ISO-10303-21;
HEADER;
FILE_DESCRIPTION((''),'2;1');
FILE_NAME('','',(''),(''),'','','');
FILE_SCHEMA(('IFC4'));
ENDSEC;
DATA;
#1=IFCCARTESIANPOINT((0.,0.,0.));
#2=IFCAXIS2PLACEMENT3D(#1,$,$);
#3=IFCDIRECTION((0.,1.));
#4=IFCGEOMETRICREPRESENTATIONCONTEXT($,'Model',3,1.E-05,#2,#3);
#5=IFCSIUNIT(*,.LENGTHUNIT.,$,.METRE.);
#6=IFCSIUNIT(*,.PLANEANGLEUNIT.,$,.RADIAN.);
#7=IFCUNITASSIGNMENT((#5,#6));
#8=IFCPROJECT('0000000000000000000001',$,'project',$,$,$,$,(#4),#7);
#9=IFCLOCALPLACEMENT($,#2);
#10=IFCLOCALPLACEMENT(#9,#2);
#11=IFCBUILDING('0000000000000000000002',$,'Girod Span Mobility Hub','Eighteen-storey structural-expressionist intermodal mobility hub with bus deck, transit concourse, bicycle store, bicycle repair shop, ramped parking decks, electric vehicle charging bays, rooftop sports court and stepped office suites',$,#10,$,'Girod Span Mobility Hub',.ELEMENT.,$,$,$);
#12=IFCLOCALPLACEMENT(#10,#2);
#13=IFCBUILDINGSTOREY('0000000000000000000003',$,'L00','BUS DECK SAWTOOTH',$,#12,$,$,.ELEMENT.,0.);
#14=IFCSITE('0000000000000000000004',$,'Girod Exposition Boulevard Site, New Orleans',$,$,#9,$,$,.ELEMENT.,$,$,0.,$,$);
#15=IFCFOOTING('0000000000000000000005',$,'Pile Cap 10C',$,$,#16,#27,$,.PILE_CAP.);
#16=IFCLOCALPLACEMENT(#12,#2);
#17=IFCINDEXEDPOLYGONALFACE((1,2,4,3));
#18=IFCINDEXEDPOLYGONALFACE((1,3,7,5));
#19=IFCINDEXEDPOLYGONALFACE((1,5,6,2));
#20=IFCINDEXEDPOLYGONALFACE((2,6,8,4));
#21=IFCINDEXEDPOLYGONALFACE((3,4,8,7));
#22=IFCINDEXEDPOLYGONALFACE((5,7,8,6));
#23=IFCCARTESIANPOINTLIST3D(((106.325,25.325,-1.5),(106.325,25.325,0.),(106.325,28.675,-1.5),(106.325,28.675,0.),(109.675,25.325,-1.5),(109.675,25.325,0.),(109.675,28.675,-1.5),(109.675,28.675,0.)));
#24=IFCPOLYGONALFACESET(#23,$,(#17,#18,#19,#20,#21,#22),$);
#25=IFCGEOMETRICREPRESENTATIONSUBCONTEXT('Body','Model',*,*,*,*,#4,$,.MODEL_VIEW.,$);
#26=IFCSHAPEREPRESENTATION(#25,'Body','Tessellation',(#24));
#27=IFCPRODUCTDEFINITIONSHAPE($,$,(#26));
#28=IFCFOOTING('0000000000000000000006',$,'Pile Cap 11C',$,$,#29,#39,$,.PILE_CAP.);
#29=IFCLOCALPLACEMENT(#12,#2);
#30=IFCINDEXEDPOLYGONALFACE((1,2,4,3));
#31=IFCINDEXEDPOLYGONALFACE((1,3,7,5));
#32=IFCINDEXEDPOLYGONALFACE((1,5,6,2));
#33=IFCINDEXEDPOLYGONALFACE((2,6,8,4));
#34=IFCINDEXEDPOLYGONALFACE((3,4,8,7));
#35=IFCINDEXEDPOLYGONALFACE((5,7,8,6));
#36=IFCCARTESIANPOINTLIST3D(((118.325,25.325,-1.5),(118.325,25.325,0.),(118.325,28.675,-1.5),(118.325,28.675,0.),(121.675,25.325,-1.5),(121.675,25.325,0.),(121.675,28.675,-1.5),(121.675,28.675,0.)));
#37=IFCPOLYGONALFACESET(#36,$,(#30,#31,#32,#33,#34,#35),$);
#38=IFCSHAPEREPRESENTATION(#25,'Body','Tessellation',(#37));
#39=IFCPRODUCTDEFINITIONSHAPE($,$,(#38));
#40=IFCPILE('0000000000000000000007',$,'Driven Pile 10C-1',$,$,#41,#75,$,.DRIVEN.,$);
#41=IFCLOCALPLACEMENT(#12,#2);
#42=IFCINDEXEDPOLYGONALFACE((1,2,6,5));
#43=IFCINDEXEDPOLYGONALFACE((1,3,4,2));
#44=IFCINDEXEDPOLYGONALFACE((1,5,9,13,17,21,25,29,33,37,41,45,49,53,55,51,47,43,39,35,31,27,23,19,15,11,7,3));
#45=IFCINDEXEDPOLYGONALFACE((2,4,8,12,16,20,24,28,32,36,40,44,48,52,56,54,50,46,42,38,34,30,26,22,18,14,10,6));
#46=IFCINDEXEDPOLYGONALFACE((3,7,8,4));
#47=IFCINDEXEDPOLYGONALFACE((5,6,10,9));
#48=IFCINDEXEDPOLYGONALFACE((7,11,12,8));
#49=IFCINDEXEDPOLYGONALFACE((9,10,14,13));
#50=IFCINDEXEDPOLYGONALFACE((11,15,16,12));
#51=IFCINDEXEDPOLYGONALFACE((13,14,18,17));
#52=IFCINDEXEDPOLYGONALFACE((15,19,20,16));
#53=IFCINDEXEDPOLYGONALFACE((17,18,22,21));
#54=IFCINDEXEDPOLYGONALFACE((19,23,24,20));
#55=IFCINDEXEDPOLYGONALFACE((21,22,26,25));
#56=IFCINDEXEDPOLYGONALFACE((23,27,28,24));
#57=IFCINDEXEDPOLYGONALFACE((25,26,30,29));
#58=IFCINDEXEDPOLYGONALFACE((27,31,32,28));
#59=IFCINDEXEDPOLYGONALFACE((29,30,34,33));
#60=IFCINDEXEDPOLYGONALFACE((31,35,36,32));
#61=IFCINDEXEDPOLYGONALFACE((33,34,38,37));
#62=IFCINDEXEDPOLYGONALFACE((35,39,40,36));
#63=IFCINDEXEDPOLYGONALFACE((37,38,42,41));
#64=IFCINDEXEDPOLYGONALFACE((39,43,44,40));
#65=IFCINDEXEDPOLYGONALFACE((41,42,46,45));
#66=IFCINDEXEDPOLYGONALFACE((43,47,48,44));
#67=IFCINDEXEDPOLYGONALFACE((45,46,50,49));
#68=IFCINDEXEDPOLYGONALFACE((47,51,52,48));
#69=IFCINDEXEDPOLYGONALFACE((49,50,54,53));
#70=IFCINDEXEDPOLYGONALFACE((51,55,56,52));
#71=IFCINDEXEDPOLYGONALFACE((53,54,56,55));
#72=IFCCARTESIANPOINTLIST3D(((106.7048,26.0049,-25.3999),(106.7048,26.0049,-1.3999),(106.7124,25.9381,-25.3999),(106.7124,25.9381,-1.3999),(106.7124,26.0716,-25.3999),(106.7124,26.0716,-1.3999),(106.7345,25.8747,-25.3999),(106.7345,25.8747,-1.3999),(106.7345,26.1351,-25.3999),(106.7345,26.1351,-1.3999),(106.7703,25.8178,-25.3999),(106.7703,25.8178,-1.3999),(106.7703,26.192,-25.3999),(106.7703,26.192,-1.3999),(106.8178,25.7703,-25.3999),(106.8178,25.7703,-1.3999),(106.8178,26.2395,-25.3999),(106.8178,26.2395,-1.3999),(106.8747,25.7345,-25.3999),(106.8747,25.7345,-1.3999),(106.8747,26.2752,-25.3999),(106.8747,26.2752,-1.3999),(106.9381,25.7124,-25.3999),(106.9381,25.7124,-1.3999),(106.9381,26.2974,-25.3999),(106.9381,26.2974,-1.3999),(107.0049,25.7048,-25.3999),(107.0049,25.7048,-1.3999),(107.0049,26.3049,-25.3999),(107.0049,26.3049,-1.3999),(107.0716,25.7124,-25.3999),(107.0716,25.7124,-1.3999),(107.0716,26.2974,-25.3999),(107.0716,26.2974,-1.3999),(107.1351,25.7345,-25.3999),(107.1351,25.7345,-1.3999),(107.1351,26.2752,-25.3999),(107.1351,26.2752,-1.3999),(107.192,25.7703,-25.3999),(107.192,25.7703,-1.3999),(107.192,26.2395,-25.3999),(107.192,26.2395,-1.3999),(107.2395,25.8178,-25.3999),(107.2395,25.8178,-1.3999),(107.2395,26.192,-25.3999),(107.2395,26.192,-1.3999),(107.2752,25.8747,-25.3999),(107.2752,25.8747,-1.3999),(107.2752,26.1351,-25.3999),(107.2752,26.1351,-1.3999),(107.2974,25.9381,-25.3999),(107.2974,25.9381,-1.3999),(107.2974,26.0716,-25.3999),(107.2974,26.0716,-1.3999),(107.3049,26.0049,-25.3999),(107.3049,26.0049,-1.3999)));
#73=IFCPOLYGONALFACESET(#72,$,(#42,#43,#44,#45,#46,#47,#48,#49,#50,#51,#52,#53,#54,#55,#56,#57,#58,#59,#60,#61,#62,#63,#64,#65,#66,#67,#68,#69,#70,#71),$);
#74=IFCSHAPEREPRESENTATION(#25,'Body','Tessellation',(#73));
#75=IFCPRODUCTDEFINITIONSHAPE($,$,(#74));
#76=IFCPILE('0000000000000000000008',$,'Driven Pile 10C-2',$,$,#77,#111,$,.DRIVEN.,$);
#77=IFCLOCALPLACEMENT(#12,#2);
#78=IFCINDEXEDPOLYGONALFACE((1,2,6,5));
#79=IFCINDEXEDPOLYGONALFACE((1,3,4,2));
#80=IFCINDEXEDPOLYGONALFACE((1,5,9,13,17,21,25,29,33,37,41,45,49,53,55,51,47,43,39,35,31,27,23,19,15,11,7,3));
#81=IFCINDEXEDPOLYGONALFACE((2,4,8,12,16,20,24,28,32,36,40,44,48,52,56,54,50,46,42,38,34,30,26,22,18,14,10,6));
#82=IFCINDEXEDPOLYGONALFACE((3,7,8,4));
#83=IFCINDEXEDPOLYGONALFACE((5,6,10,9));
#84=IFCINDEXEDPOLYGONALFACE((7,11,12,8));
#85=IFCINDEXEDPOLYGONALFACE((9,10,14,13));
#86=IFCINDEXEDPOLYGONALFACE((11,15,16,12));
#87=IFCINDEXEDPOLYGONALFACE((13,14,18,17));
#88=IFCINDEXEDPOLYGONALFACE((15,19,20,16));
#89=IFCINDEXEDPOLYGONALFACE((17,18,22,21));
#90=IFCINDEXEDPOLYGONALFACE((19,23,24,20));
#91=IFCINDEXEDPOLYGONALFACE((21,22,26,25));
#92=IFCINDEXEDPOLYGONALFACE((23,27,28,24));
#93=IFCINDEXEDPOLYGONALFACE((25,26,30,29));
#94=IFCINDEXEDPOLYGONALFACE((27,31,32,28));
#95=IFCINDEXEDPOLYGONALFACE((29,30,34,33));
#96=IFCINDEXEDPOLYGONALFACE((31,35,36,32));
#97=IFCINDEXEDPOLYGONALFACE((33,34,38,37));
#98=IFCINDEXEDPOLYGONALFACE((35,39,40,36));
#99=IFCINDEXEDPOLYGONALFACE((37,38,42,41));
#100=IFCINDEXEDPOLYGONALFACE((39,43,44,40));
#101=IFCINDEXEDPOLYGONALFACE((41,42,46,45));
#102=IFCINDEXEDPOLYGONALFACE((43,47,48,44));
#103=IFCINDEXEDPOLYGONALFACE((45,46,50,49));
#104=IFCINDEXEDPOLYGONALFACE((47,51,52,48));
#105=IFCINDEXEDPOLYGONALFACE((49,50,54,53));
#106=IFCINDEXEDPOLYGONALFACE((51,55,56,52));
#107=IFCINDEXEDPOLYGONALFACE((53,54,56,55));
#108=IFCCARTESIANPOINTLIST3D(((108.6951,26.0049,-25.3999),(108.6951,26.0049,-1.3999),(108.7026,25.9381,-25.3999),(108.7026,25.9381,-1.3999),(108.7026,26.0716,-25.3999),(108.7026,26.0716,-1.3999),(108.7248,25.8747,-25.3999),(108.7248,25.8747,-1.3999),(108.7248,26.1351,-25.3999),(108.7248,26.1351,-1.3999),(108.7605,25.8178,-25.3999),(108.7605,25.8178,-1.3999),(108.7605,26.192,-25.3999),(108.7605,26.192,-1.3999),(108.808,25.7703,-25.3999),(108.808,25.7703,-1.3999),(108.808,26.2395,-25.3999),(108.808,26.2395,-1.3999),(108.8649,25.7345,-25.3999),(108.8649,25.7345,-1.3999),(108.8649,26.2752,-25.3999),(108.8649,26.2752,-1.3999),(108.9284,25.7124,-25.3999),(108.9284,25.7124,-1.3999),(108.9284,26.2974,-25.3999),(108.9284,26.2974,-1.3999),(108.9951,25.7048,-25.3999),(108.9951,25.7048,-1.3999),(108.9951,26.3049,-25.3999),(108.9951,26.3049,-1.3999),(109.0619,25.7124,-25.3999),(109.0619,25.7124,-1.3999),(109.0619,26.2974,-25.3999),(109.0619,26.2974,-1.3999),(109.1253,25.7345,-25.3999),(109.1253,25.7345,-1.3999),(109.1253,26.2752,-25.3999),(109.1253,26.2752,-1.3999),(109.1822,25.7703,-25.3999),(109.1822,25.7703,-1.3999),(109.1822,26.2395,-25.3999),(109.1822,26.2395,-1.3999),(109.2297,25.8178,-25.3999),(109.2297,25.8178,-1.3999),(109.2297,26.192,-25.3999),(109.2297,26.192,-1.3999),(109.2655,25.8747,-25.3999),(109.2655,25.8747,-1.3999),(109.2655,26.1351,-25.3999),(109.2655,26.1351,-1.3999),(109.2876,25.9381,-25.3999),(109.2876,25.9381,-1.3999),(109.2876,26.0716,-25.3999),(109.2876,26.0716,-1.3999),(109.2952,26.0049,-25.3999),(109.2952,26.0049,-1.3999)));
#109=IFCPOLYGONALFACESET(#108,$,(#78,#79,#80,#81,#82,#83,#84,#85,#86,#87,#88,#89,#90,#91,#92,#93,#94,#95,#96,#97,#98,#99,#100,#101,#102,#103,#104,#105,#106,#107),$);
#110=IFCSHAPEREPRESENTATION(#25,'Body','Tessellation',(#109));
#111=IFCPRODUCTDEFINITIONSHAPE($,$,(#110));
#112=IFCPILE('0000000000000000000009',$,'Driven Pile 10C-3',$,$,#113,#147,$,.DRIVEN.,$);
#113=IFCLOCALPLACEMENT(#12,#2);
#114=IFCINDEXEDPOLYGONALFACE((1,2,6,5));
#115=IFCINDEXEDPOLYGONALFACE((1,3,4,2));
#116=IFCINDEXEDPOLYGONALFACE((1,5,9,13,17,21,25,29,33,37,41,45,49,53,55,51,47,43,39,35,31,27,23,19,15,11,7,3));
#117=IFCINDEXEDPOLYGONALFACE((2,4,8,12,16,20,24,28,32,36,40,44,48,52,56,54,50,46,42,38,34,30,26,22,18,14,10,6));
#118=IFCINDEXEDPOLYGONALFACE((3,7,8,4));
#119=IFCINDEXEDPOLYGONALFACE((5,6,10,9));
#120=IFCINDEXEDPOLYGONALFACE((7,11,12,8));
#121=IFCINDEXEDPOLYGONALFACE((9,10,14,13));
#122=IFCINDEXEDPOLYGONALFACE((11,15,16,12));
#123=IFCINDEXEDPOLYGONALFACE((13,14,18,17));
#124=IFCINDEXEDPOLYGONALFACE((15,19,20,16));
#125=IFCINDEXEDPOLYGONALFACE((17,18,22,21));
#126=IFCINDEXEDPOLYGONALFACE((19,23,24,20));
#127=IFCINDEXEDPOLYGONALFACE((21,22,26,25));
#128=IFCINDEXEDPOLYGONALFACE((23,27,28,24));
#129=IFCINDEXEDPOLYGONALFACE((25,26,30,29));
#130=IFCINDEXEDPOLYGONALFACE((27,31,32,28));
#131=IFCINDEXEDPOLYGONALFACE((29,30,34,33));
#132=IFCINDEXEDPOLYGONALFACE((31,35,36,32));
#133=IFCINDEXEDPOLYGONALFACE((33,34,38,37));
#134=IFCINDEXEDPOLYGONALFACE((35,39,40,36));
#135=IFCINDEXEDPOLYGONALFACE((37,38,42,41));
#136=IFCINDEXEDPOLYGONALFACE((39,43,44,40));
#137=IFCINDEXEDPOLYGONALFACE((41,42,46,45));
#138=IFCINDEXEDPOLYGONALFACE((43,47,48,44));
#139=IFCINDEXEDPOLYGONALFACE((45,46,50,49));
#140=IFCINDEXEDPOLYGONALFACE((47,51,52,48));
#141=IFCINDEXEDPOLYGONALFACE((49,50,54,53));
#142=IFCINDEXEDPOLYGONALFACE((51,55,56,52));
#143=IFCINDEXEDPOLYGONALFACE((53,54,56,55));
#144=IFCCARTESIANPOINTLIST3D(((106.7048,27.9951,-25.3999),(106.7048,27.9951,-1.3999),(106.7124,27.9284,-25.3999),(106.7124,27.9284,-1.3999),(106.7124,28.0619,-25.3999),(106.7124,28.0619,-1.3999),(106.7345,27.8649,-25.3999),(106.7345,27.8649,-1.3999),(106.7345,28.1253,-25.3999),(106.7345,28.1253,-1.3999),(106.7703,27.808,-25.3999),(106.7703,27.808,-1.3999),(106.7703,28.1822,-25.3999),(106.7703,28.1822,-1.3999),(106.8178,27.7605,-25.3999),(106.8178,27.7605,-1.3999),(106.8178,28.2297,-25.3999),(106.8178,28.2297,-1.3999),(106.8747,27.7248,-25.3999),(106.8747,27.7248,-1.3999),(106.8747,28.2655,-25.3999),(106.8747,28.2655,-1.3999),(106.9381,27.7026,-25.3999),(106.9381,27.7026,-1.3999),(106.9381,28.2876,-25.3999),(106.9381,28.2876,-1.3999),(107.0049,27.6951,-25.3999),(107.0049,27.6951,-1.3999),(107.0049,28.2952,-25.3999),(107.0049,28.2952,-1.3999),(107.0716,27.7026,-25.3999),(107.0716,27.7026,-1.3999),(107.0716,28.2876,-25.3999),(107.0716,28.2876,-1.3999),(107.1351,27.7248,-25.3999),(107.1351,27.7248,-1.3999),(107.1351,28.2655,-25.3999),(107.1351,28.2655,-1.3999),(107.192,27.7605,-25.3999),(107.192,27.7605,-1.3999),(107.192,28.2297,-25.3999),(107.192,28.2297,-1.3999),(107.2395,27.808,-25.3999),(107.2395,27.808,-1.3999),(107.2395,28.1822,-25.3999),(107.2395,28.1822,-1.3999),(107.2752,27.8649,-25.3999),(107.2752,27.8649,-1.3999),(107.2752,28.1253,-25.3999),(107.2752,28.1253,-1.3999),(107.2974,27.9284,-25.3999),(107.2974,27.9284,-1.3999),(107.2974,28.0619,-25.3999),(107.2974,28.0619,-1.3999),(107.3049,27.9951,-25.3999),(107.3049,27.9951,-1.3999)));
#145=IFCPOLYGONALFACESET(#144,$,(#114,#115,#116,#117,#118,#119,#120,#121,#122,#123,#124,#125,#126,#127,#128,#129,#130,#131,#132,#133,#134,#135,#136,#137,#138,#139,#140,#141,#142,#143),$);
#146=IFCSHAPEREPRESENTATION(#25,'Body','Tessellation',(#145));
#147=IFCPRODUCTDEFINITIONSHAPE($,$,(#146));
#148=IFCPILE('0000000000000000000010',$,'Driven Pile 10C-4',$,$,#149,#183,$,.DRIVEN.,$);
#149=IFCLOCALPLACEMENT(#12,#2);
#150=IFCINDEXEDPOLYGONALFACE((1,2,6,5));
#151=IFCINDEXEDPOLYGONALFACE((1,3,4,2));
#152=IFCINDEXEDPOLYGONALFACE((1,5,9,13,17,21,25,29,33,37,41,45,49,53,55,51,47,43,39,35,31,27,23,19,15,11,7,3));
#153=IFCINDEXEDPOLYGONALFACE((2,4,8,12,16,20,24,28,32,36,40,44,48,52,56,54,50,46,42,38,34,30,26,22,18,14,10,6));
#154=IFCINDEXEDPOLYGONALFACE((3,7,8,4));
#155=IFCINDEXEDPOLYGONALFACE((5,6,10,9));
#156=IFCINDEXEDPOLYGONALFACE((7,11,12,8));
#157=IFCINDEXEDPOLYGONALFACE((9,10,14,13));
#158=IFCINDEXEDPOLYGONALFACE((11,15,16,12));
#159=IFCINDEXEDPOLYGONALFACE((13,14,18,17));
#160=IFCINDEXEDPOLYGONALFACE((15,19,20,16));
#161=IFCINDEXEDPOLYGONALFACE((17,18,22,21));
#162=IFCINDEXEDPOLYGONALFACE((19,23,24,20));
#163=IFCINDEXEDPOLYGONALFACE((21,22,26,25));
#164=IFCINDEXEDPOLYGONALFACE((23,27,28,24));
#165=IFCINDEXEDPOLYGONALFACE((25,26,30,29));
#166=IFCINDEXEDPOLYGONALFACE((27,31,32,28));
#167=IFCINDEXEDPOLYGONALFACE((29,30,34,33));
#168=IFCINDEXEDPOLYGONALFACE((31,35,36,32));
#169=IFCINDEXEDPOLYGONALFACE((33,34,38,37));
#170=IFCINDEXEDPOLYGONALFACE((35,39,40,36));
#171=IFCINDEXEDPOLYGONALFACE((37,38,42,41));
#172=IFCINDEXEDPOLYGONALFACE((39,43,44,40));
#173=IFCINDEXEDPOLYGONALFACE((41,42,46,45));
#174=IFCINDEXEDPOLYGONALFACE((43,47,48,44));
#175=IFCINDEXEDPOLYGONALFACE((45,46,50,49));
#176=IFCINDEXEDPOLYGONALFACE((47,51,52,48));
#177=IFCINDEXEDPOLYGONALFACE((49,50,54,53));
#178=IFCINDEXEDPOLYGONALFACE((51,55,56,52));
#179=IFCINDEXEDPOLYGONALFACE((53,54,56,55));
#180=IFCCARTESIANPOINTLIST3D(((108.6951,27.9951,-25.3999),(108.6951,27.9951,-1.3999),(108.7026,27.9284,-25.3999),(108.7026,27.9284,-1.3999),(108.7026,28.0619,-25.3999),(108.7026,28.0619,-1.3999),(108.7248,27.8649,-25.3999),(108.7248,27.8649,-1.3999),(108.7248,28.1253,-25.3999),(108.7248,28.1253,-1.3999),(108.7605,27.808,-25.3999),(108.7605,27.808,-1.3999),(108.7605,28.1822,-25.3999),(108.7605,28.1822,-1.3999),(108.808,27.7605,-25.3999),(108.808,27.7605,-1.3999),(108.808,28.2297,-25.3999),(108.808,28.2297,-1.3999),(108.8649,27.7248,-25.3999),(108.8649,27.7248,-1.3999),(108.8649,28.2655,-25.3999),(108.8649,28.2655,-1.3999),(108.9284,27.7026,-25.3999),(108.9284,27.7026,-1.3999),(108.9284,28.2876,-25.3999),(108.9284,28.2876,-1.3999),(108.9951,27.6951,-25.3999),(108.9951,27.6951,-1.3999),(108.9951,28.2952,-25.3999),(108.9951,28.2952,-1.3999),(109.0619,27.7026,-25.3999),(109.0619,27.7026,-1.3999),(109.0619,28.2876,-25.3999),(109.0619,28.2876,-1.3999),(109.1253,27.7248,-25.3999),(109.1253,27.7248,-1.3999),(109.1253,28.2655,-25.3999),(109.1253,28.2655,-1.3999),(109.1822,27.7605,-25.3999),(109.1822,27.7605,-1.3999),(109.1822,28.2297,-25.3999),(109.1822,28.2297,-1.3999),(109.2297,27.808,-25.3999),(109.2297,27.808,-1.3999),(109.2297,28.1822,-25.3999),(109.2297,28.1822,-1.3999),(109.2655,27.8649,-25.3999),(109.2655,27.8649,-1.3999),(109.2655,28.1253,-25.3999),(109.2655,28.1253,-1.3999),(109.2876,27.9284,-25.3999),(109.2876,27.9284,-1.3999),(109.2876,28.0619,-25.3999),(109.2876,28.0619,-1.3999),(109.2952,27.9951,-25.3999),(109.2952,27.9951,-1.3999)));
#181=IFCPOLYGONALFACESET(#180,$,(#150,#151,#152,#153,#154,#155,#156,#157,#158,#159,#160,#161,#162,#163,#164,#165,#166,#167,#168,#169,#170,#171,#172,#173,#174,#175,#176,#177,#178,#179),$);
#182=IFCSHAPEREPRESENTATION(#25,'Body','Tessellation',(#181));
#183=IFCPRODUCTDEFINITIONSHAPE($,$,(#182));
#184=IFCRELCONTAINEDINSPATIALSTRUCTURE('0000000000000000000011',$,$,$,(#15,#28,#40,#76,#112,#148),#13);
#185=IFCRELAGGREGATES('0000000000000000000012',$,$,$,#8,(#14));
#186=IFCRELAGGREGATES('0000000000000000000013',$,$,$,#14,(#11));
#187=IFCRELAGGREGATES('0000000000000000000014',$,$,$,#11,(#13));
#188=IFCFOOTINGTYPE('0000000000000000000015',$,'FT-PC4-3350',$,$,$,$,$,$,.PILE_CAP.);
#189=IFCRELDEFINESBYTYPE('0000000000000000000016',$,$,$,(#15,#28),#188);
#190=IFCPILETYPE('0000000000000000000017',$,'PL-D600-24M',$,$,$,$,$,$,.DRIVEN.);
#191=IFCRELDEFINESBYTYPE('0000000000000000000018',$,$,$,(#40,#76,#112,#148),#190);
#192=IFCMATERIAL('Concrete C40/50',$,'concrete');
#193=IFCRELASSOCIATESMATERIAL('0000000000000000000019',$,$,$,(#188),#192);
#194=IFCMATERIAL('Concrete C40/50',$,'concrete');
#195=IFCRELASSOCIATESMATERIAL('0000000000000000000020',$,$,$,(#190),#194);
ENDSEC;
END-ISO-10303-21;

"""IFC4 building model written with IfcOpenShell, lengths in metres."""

from ifc_helpers import new_model, si_unit, direction, frame, origin, origin_2d, place, context, subcontext, project, spatial, rectangle, circle, extrude, material, material_profile, profile_set, type_object, element, save


model = new_model("IFC4")

# Units and contexts
model_context = context("Model", 3, precision=1e-05, world=origin(), true_north=direction((0.0, 1.0)))
body_context = subcontext(model_context, "Body", "Model", "MODEL_VIEW")
ifc_project = project(units=[si_unit("LENGTHUNIT", "METRE"), si_unit("PLANEANGLEUNIT", "RADIAN")], contexts=[model_context])

# Site, building, storey
site_placement = place(None, origin())
site = spatial("IfcSite", under=ifc_project, at=site_placement, Name="Girod Exposition Boulevard Site, New Orleans", CompositionType="ELEMENT", RefElevation=0.0)
building_placement = place(site_placement, origin())
building = spatial("IfcBuilding", under=site, at=building_placement, Name="Girod Span Mobility Hub", Description="Eighteen-storey structural-expressionist intermodal mobility hub with bus deck, transit concourse, bicycle store, bicycle repair shop, ramped parking decks, electric vehicle charging bays, rooftop sports court and stepped office suites", LongName="Girod Span Mobility Hub", CompositionType="ELEMENT")
storey_placement = place(building_placement, origin())
storey = spatial("IfcBuildingStorey", under=building, at=storey_placement, Name="L00", Description="BUS DECK SAWTOOTH", CompositionType="ELEMENT", Elevation=0.0)

# Footings
ifc_material_1 = material(Name="Concrete C40/50", Category="concrete")
footing_type = type_object("IfcFootingType", Name="FT-PC4-3350", PredefinedType="PILE_CAP", material=ifc_material_1)
for number, where, z_axis, x_axis, name in (
    (1, (108.0, 27.0, -1.5), (0.0, 0.0, 1.0), (1.0, 0.0, 0.0), "Pile Cap 10C"),
    (2, (120.0, 27.0, -1.5), (0.0, 0.0, 1.0), (1.0, 0.0, 0.0), "Pile Cap 11C"),
):
    element("IfcFooting", number, at=place(storey_placement, frame(where, z_axis=z_axis, x_axis=x_axis)), inside=storey, type_object=footing_type, Name=name, PredefinedType="PILE_CAP", context=body_context, shape_type="SweptSolid", body=[
        extrude(rectangle(XDim=3.3501, YDim=3.3501, at=origin_2d()), origin(), (0.0, 0.0, 1.0), 1.5),
    ])

# Piles
ifc_material_2 = material(Name="Concrete C40/50", Category="concrete")
ifc_material_profile_1 = material_profile(ifc_material_2, circle(Radius=0.3, at=origin_2d()), Name="PILE-D600")
ifc_profile_set_1 = profile_set([ifc_material_profile_1], Name="Concrete C40/50")
pile_type_1 = type_object("IfcPileType", Name="PL-D600-24M", PredefinedType="DRIVEN", material=ifc_profile_set_1)
for number, where, z_axis, x_axis, name in (
    (3, (107.0049, 26.0049, -1.3999), (0.0, 0.0, -1.0), (1.0, 0.0, 0.0), "Driven Pile 10C-1"),
    (4, (108.9951, 26.0049, -1.3999), (0.0, 0.0, -1.0), (1.0, 0.0, 0.0), "Driven Pile 10C-2"),
    (5, (107.0049, 27.9951, -1.3999), (0.0, 0.0, -1.0), (1.0, 0.0, 0.0), "Driven Pile 10C-3"),
    (6, (108.9951, 27.9951, -1.3999), (0.0, 0.0, -1.0), (1.0, 0.0, 0.0), "Driven Pile 10C-4"),
):
    element("IfcPile", number, at=place(storey_placement, frame(where, z_axis=z_axis, x_axis=x_axis)), inside=storey, type_object=pile_type_1, Name=name, PredefinedType="DRIVEN", context=body_context, shape_type="SweptSolid", body=[
        extrude(circle(Radius=0.3, at=origin_2d()), origin(), (0.0, 0.0, 1.0), 24.0),
    ])

save(model, "model.ifc")
